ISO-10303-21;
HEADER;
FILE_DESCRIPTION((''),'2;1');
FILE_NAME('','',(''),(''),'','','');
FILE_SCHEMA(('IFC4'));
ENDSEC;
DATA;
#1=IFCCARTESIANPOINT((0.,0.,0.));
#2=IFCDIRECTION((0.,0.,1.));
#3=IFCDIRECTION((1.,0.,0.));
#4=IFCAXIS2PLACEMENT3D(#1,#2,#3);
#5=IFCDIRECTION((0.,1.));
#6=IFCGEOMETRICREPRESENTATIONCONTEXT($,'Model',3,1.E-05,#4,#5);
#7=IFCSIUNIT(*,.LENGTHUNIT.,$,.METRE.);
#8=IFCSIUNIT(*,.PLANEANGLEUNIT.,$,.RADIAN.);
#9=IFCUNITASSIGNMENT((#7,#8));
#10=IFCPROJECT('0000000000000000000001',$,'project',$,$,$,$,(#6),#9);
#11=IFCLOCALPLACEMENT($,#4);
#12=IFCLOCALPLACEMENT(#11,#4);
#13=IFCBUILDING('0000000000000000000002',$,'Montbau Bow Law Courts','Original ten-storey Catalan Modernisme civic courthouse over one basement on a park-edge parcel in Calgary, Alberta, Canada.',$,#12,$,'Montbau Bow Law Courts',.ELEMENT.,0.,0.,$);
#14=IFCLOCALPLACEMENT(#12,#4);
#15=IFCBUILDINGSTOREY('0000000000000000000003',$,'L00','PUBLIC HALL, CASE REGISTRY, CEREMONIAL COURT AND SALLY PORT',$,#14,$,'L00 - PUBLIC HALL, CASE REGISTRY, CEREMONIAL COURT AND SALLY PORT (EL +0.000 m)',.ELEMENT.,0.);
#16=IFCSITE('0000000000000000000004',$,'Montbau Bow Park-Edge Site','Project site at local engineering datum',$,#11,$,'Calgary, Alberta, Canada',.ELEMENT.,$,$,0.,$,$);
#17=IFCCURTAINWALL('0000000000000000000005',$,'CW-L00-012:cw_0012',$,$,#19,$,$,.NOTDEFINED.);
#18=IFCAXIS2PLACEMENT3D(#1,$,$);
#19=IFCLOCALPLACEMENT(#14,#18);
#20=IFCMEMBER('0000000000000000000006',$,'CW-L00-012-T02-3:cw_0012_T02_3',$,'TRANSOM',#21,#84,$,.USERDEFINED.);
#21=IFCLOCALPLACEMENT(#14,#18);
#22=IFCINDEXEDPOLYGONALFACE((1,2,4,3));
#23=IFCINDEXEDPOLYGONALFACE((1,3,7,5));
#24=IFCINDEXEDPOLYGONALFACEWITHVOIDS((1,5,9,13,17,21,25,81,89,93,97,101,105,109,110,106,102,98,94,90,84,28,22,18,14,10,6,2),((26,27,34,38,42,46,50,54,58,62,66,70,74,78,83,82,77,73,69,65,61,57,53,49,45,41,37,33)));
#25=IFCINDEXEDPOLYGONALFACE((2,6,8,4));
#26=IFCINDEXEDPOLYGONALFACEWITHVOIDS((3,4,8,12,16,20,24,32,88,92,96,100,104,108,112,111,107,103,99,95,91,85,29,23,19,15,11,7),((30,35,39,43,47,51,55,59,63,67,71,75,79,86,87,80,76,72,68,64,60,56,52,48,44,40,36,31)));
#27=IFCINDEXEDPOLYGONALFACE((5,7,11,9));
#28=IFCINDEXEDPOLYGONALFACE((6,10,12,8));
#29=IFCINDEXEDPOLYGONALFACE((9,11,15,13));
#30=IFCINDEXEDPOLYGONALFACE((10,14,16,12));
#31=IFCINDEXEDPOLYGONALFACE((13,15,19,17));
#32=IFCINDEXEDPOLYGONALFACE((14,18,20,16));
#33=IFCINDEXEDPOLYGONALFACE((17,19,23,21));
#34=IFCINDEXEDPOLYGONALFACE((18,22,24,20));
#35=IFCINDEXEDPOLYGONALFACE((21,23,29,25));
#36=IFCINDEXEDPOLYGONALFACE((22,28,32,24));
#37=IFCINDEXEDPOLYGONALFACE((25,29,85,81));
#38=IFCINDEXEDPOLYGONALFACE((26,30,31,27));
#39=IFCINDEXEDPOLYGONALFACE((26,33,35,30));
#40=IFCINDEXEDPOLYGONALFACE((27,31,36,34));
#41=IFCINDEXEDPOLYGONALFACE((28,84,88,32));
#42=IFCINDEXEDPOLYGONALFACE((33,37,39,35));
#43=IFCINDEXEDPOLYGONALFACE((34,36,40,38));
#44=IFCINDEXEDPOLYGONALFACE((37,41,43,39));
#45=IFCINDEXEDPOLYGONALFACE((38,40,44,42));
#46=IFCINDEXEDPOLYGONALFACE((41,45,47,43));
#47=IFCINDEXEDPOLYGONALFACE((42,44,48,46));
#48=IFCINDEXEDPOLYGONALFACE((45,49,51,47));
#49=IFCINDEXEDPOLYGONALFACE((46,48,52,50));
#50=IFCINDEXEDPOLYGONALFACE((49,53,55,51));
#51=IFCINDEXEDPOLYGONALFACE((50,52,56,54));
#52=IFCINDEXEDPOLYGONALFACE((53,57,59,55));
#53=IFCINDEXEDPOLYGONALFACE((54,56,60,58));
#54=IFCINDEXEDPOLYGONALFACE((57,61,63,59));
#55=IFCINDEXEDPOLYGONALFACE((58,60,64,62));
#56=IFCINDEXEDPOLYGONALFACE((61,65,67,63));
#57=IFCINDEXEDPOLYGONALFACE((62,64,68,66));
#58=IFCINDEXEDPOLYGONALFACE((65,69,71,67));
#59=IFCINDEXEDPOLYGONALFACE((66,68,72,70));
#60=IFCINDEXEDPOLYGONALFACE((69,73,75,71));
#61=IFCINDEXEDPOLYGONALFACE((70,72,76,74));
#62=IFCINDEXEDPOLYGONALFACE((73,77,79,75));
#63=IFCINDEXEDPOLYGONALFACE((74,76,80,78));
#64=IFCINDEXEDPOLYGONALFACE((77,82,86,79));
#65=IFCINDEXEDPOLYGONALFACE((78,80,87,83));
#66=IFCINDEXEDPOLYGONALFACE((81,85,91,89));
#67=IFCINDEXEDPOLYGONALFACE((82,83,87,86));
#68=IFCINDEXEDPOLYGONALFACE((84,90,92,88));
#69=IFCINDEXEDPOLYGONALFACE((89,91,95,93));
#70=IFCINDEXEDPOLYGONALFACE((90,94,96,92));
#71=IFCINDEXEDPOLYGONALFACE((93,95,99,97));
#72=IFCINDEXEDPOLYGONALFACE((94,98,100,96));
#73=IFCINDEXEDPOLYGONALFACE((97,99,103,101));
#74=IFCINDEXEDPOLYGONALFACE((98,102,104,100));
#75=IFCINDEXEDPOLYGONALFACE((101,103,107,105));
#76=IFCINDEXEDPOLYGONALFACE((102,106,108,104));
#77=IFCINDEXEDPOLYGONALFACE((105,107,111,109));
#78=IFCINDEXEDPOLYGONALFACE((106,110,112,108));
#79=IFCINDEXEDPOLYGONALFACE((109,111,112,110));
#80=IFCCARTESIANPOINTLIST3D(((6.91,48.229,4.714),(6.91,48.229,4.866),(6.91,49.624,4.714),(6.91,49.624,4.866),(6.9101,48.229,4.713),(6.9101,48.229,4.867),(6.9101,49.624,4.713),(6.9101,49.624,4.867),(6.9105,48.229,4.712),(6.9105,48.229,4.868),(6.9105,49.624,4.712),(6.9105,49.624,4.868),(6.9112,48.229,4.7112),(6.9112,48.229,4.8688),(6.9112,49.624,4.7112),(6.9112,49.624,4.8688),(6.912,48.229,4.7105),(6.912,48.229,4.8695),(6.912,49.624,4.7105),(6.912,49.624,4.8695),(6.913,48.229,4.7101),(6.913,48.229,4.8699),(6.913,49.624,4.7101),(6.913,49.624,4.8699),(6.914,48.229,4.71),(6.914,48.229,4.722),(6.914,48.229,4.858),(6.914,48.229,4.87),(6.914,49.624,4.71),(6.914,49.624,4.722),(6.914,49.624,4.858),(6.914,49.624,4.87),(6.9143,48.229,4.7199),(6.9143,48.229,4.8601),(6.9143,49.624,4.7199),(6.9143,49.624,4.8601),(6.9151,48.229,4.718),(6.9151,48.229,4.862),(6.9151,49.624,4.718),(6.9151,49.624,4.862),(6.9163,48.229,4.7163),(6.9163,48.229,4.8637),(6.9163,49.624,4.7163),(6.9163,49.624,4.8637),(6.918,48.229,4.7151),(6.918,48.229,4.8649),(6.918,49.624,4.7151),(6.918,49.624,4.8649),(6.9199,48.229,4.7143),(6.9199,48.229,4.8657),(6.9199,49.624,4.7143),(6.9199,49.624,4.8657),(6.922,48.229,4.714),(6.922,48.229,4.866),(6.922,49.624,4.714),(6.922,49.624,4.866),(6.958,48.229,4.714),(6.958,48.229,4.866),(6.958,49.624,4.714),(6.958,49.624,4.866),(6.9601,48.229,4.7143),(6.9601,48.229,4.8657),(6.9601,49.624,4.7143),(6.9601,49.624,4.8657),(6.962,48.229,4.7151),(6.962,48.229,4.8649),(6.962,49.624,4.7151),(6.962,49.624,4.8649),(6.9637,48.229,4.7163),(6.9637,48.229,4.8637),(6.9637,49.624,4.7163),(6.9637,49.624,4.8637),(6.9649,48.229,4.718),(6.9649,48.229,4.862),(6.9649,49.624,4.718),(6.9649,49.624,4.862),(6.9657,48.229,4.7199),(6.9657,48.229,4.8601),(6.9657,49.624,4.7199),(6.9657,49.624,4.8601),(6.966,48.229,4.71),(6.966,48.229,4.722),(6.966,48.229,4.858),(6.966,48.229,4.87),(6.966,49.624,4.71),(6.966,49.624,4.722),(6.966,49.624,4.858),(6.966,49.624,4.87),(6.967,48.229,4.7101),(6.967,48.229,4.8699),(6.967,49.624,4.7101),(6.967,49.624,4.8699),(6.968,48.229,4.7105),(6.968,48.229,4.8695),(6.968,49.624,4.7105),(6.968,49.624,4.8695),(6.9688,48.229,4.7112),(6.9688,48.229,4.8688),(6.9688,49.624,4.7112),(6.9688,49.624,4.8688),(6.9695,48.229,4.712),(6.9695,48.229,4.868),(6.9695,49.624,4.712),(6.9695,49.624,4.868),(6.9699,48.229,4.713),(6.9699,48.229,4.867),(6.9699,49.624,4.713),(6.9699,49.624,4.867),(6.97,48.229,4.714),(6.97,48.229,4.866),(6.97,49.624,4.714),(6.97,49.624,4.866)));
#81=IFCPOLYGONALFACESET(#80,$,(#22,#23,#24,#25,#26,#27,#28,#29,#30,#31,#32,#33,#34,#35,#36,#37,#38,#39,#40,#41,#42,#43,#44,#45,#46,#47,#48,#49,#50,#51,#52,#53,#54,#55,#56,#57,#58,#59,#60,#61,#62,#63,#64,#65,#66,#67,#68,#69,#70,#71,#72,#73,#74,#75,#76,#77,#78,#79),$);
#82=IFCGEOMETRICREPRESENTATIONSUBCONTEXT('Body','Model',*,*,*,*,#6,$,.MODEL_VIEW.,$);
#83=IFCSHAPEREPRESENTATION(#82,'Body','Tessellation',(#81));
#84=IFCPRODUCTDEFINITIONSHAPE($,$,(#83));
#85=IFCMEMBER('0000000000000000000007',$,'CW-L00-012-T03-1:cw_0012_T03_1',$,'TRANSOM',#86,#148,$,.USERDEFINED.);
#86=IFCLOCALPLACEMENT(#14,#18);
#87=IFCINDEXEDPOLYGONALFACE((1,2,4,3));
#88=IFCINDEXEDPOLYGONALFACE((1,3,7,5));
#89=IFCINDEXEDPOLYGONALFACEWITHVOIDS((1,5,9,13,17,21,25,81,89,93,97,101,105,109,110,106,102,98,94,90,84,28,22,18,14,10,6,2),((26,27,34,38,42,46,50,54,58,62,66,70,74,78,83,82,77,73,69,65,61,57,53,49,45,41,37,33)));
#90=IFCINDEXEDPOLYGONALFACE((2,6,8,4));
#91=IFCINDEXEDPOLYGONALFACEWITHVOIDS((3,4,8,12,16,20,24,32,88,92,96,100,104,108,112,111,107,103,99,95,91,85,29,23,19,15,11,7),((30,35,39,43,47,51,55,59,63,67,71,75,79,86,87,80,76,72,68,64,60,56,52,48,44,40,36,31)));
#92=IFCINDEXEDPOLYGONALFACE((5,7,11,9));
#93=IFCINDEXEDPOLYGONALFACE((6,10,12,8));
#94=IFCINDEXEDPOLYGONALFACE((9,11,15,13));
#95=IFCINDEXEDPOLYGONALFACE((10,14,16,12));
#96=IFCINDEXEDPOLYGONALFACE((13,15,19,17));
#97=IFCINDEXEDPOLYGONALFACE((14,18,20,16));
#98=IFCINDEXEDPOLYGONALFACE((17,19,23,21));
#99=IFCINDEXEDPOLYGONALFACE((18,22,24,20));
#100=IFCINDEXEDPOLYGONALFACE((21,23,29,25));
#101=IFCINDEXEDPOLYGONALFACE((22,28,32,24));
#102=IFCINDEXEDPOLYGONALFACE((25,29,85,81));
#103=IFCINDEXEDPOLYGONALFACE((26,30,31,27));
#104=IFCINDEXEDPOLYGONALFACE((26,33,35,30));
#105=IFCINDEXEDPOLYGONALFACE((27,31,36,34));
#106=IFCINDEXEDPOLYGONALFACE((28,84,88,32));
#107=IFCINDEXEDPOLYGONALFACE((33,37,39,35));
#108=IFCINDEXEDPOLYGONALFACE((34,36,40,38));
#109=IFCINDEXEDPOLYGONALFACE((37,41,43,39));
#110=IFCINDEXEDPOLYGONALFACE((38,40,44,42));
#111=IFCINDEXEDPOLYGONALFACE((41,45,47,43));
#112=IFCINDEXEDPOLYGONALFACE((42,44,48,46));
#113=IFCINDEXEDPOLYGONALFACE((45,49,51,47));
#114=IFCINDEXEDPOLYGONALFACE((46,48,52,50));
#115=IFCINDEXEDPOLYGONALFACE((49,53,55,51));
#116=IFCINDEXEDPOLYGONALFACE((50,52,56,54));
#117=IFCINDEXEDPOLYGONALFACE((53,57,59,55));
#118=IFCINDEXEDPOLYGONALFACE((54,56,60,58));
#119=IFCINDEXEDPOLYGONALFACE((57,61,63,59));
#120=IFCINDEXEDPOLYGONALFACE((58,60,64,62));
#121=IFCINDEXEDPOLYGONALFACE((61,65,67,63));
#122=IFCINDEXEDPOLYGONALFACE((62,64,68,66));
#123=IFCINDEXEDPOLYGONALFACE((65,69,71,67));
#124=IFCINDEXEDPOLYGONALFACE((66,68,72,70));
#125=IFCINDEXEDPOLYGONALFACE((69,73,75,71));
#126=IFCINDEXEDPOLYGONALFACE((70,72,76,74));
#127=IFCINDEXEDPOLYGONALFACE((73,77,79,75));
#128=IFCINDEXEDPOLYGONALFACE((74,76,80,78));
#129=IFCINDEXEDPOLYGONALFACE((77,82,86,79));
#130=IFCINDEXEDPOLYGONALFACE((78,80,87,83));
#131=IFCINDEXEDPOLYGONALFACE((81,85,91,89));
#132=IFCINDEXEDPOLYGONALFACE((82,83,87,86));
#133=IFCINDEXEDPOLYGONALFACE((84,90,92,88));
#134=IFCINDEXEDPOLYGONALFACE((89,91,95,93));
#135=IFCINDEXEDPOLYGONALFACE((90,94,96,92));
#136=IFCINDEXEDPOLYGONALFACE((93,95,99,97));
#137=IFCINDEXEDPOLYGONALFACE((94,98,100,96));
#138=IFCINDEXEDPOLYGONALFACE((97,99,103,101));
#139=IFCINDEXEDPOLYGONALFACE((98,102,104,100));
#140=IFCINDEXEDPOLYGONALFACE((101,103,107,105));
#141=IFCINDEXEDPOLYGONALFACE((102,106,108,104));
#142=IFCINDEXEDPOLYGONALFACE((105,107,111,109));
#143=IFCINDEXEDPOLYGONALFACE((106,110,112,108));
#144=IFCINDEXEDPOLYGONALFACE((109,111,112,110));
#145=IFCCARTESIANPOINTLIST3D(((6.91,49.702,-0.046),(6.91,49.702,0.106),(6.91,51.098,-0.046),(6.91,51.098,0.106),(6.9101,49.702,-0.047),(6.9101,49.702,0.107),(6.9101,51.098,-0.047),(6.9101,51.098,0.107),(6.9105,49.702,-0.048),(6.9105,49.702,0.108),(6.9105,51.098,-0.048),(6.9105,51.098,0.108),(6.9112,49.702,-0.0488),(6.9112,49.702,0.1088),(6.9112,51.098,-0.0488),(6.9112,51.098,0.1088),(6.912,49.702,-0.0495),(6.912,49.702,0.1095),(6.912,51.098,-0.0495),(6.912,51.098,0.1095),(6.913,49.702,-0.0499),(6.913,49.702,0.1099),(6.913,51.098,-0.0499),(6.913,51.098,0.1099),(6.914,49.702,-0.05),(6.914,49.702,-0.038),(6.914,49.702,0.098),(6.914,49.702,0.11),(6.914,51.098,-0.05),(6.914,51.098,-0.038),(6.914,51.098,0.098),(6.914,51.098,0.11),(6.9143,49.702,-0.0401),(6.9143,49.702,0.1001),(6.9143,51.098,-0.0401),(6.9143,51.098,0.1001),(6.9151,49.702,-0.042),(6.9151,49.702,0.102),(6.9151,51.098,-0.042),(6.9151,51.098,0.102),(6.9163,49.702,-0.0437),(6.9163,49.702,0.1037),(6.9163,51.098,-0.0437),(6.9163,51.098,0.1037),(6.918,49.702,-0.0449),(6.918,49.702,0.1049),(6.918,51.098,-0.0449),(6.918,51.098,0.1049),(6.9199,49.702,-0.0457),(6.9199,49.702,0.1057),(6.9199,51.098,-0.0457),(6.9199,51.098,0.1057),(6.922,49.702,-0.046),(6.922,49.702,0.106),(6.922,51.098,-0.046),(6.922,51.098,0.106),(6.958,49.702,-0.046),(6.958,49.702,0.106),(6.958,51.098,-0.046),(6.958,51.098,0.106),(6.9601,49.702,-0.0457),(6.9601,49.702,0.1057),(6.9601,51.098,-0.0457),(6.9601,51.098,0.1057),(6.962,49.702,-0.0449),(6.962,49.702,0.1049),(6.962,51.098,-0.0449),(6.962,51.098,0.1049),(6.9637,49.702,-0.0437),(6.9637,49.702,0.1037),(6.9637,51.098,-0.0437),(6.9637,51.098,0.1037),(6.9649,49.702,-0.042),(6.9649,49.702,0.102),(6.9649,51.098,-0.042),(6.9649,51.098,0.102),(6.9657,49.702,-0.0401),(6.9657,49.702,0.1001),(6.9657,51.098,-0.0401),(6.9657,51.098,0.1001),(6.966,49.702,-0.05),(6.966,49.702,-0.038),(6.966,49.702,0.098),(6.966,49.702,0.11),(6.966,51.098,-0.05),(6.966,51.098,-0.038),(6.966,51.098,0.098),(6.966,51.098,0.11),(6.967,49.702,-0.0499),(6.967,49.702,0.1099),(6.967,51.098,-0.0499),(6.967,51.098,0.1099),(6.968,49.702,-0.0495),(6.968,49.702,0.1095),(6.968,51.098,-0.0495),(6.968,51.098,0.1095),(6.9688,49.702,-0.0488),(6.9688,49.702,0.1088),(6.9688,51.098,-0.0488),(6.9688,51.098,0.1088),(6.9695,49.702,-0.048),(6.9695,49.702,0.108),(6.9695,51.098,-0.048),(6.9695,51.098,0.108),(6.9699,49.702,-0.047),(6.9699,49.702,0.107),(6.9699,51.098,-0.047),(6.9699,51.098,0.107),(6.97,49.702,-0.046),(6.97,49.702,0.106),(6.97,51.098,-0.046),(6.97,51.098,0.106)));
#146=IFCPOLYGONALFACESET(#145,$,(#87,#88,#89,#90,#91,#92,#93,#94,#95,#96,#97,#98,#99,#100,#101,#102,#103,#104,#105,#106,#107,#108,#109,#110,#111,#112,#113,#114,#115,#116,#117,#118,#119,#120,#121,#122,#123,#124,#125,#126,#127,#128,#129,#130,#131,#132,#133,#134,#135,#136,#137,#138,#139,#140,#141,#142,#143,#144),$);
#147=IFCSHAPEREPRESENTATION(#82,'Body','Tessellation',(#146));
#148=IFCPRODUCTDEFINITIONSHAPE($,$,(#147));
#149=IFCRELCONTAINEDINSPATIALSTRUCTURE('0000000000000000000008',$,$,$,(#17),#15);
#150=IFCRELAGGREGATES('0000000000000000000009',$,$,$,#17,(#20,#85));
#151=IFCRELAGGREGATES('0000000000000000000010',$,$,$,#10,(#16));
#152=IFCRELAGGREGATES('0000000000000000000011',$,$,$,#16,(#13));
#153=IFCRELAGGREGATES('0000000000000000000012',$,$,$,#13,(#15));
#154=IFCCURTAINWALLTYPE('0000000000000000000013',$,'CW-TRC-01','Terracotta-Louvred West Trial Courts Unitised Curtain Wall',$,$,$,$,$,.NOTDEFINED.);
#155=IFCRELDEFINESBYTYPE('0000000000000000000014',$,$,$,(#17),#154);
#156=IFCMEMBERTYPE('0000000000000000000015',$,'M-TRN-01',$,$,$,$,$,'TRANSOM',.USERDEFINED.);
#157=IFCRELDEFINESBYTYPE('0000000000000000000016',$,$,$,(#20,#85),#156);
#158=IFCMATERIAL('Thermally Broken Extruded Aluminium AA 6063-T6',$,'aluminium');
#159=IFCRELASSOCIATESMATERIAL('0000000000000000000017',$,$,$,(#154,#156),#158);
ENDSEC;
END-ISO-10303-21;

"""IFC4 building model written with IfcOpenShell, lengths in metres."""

from ifc_helpers import new_model, si_unit, direction, frame, origin_with_axes, origin_2d_with_axis, place, context, subcontext, project, spatial, hollow_rectangle, extrude, material, material_profile, profile_set, type_object, element, aggregate, save


model = new_model("IFC4")

# Units and contexts
model_context = context("Model", 3, precision=1e-05, world=origin_with_axes(), true_north=direction((0.0, 1.0)))
body_context = subcontext(model_context, "Body", "Model", "MODEL_VIEW")
ifc_project = project(units=[si_unit("LENGTHUNIT", "METRE"), si_unit("PLANEANGLEUNIT", "RADIAN")], contexts=[model_context])

# Site, building, storey
site_placement = place(None, origin_with_axes())
site = spatial("IfcSite", under=ifc_project, at=site_placement, Name="Montbau Bow Park-Edge Site", Description="Project site at local engineering datum", LongName="Calgary, Alberta, Canada", CompositionType="ELEMENT", RefElevation=0.0)
building_placement = place(site_placement, origin_with_axes())
building = spatial("IfcBuilding", under=site, at=building_placement, Name="Montbau Bow Law Courts", Description="Original ten-storey Catalan Modernisme civic courthouse over one basement on a park-edge parcel in Calgary, Alberta, Canada.", LongName="Montbau Bow Law Courts", CompositionType="ELEMENT", ElevationOfRefHeight=0.0, ElevationOfTerrain=0.0)
storey_placement = place(building_placement, origin_with_axes())
storey = spatial("IfcBuildingStorey", under=building, at=storey_placement, Name="L00", Description="PUBLIC HALL, CASE REGISTRY, CEREMONIAL COURT AND SALLY PORT", LongName="L00 - PUBLIC HALL, CASE REGISTRY, CEREMONIAL COURT AND SALLY PORT (EL +0.000 m)", CompositionType="ELEMENT", Elevation=0.0)

# Curtain wall, members
ifc_material_1 = material(Name="Thermally Broken Extruded Aluminium AA 6063-T6", Category="aluminium")
curtain_wall_type = type_object("IfcCurtainWallType", Name="CW-TRC-01", Description="Terracotta-Louvred West Trial Courts Unitised Curtain Wall", PredefinedType="NOTDEFINED", material=ifc_material_1)
curtain_wall_placement = place(None, frame((6.94, 46.715, 0.0), z_axis=(0.0, 0.0, 1.0), x_axis=(1.0, 0.0, 0.0)))
curtain_wall = element("IfcCurtainWall", 1, at=curtain_wall_placement, inside=storey, type_object=curtain_wall_type, Name="CW-L00-012:cw_0012", PredefinedType="NOTDEFINED")
ifc_material_profile_1 = material_profile(ifc_material_1, hollow_rectangle(XDim=0.06, YDim=0.16, WallThickness=0.004, InnerFilletRadius=0.008, OuterFilletRadius=0.004, at=origin_2d_with_axis()), Name="CWT-160X60", Category="Main", Priority=0)
ifc_profile_set_1 = profile_set([ifc_material_profile_1], Name="Thermally Broken Extruded Aluminium AA 6063-T6")
member_type_1 = type_object("IfcMemberType", Name="M-TRN-01", ElementType="TRANSOM", PredefinedType="USERDEFINED", material=ifc_profile_set_1)
member_1_placement = place(None, frame((6.94, 48.229, 4.79), z_axis=(0.0, 1.0, 0.0), x_axis=(-1.0, 0.0, 0.0)))
member_1 = element("IfcMember", 2, at=member_1_placement, type_object=member_type_1, Name="CW-L00-012-T02-3:cw_0012_T02_3", ObjectType="TRANSOM", PredefinedType="USERDEFINED", context=body_context, shape_type="SweptSolid", body=[
    extrude(hollow_rectangle(XDim=0.06, YDim=0.16, WallThickness=0.004, InnerFilletRadius=0.008, OuterFilletRadius=0.004, at=origin_2d_with_axis()), origin_with_axes(), (0.0, 0.0, 1.0), 1.395),
])
member_2_placement = place(None, frame((6.94, 49.702, 0.03), z_axis=(0.0, 1.0, 0.0), x_axis=(-1.0, 0.0, 0.0)))
member_2 = element("IfcMember", 3, at=member_2_placement, type_object=member_type_1, Name="CW-L00-012-T03-1:cw_0012_T03_1", ObjectType="TRANSOM", PredefinedType="USERDEFINED", context=body_context, shape_type="SweptSolid", body=[
    extrude(hollow_rectangle(XDim=0.06, YDim=0.16, WallThickness=0.004, InnerFilletRadius=0.008, OuterFilletRadius=0.004, at=origin_2d_with_axis()), origin_with_axes(), (0.0, 0.0, 1.0), 1.396),
])
aggregate(curtain_wall, [member_1, member_2])

save(model, "model.ifc")
